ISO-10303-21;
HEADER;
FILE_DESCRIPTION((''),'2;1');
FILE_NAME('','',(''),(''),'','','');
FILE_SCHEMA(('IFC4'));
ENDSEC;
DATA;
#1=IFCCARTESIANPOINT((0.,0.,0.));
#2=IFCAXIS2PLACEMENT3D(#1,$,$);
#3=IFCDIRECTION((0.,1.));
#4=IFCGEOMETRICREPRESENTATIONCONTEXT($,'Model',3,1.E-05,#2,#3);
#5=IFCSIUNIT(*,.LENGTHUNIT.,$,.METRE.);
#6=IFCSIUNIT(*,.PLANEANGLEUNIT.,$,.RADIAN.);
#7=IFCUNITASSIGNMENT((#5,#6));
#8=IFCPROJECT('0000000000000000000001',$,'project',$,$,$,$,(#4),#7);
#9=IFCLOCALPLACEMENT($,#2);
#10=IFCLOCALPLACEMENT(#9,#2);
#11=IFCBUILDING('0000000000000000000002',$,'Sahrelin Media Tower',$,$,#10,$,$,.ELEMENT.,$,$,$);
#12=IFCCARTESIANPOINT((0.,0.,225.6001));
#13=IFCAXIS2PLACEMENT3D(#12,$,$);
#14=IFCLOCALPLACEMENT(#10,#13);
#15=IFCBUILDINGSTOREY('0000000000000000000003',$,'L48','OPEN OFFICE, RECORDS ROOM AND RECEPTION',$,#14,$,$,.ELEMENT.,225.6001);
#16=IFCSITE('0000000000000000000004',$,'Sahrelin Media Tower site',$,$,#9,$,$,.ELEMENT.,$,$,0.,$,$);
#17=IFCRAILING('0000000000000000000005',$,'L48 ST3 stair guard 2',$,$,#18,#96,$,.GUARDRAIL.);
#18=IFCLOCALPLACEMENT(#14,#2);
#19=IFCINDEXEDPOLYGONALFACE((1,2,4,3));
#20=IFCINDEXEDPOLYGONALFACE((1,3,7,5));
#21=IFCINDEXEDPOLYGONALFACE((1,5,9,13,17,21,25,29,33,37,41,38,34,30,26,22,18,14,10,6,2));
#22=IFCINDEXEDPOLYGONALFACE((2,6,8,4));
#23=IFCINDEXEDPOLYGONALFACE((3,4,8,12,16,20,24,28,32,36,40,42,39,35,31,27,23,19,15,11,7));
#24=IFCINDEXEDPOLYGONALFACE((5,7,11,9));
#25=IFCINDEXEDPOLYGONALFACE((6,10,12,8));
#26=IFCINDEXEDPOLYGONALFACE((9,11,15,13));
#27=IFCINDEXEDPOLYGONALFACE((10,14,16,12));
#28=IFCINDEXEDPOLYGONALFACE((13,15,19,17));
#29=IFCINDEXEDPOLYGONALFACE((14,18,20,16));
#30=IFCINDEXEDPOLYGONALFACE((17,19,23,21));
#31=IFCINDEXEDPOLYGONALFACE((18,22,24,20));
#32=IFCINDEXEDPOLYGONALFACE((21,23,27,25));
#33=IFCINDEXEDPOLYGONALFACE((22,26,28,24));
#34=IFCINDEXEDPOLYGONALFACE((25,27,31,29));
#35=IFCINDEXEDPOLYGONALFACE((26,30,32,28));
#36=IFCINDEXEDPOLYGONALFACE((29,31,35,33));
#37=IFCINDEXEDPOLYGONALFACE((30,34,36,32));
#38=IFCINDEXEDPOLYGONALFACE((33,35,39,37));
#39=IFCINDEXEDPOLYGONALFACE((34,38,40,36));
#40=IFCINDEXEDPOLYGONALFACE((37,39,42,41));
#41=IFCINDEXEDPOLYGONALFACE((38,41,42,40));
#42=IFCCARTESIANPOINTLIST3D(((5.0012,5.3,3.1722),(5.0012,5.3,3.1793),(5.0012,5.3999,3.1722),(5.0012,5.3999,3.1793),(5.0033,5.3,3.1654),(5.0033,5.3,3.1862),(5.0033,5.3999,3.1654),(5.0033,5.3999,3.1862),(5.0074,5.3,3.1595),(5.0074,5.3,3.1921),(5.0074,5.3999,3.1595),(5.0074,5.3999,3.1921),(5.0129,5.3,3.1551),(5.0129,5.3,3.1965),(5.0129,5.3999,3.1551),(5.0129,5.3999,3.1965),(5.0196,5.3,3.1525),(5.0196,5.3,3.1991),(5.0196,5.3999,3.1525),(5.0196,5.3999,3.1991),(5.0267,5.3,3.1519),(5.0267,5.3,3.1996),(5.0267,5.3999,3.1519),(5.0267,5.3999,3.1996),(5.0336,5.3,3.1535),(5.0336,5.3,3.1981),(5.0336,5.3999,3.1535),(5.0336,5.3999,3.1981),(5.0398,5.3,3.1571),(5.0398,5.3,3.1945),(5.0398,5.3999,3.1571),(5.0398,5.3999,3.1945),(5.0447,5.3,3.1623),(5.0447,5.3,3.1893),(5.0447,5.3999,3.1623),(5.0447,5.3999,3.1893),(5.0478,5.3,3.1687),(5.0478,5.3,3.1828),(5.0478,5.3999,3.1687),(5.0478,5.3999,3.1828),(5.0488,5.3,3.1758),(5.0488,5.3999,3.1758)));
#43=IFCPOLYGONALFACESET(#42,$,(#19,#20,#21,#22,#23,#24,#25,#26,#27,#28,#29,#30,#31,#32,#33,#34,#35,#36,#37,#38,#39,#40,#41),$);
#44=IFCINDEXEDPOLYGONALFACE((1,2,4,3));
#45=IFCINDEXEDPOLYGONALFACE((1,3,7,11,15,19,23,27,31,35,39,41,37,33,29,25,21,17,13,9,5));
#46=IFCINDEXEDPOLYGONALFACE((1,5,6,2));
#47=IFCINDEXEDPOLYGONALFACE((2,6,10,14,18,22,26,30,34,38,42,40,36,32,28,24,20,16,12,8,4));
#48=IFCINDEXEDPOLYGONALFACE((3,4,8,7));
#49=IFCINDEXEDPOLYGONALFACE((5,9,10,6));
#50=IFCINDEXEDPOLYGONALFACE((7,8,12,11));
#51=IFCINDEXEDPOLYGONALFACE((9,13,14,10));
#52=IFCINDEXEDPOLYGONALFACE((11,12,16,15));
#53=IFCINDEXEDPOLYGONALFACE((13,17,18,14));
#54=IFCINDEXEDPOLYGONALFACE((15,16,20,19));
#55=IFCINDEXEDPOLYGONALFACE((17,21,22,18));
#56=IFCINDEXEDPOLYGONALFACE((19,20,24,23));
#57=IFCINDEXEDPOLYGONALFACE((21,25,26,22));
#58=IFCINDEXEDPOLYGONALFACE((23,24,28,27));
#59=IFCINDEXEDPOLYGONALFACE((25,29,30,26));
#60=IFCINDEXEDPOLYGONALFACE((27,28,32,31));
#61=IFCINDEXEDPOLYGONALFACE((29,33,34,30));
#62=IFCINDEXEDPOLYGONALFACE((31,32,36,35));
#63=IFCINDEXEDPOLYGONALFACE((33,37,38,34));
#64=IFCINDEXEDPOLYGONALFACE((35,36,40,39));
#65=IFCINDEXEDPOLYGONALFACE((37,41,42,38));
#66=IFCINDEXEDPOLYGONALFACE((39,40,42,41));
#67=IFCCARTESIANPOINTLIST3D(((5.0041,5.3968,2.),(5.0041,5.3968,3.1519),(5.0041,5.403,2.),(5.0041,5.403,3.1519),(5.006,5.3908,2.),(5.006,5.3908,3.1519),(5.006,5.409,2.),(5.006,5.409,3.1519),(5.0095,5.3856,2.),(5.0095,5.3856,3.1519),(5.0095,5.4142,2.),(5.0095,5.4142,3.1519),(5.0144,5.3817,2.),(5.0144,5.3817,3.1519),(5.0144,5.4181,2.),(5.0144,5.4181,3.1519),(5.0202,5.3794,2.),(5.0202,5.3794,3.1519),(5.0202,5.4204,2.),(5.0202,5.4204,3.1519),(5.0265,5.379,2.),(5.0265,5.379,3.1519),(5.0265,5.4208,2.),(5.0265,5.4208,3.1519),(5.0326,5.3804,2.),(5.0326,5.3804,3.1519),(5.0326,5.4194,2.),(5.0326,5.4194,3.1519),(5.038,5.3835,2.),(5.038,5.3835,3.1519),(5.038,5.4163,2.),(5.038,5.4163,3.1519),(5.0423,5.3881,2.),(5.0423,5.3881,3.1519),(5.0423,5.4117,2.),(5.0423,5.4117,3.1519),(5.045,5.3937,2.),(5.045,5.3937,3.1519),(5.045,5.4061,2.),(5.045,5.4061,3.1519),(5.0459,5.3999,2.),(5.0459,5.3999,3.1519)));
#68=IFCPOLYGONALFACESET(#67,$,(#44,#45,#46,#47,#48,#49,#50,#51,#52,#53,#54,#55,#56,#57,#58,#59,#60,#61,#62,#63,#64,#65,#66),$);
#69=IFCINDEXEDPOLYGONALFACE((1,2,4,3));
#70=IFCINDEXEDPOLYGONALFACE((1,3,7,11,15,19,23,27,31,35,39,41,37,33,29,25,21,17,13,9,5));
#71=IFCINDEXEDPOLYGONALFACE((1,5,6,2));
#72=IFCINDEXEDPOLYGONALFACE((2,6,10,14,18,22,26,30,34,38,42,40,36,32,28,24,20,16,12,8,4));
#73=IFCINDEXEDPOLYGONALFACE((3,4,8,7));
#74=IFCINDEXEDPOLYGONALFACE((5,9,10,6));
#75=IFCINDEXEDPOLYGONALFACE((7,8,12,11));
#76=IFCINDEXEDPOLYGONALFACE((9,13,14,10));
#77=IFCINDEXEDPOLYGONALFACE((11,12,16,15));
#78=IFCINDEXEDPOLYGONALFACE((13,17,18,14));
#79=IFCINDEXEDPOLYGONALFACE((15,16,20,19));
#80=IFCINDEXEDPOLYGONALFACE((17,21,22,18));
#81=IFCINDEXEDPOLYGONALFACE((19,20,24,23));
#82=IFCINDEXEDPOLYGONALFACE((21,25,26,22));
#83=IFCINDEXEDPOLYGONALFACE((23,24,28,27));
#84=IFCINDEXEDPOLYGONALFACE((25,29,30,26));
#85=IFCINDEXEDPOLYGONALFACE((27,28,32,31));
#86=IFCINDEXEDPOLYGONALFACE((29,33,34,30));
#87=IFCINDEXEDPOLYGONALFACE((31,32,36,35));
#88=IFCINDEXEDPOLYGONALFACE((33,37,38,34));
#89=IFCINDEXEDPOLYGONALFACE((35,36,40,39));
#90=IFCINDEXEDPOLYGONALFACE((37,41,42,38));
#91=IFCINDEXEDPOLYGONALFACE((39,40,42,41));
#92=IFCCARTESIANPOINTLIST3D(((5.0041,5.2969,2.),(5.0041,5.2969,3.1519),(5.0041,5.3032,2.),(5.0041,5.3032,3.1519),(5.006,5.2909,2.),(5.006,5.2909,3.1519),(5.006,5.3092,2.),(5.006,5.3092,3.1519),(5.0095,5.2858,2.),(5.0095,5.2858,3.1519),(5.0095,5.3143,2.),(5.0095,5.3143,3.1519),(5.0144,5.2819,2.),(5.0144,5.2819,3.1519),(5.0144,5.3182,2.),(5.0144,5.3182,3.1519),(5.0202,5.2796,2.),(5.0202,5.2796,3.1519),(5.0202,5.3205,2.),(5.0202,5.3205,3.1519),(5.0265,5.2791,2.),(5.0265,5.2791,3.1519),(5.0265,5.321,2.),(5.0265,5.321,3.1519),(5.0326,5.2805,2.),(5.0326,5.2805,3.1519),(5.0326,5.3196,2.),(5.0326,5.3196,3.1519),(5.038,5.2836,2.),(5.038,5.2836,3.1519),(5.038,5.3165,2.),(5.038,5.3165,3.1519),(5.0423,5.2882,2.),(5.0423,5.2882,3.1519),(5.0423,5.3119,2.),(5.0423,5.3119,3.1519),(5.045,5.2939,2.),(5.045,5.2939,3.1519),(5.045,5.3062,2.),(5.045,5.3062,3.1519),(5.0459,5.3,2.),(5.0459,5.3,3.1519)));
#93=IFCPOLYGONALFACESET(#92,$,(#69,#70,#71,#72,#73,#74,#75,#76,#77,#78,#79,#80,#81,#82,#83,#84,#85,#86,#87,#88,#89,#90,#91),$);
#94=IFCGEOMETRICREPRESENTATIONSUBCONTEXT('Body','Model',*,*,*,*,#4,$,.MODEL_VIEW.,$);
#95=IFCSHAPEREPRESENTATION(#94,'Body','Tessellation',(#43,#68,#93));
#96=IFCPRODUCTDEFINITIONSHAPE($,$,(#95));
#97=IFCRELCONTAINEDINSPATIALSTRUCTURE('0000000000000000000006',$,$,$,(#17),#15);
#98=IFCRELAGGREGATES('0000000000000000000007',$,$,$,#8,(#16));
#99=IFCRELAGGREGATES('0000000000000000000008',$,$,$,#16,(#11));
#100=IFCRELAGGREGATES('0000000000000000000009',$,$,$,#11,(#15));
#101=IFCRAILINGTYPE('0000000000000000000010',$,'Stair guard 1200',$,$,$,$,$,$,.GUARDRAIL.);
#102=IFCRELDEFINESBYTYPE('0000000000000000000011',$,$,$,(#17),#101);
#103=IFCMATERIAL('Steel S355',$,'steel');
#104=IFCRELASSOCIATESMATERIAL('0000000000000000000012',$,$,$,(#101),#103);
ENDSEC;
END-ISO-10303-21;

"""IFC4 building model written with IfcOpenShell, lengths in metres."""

from ifc_helpers import new_model, si_unit, direction, frame, origin, origin_2d, place, context, subcontext, project, spatial, circle, extrude, material, type_object, element, save


model = new_model("IFC4")

# Units and contexts
model_context = context("Model", 3, precision=1e-05, world=origin(), true_north=direction((0.0, 1.0)))
body_context = subcontext(model_context, "Body", "Model", "MODEL_VIEW")
ifc_project = project(units=[si_unit("LENGTHUNIT", "METRE"), si_unit("PLANEANGLEUNIT", "RADIAN")], contexts=[model_context])

# Site, building, storey
site_placement = place(None, origin())
site = spatial("IfcSite", under=ifc_project, at=site_placement, Name="Sahrelin Media Tower site", CompositionType="ELEMENT", RefElevation=0.0)
building_placement = place(site_placement, origin())
building = spatial("IfcBuilding", under=site, at=building_placement, Name="Sahrelin Media Tower", CompositionType="ELEMENT")
storey_placement = place(building_placement, frame((0.0, 0.0, 225.6001)))
storey = spatial("IfcBuildingStorey", under=building, at=storey_placement, Name="L48", Description="OPEN OFFICE, RECORDS ROOM AND RECEPTION", CompositionType="ELEMENT", Elevation=225.6001)

# Shared definitions
ifc_material_1 = material(Name="Steel S355", Category="steel")

# Railing
railing_type_1 = type_object("IfcRailingType", Name="Stair guard 1200", PredefinedType="GUARDRAIL", material=ifc_material_1)
railing_1_placement = place(storey_placement, frame((5.0249, 5.3999, 2.0)))
element("IfcRailing", 1, at=railing_1_placement, inside=storey, type_object=railing_type_1, Name="L48 ST3 stair guard 2", PredefinedType="GUARDRAIL", context=body_context, shape_type="SweptSolid", body=[
    extrude(circle(Radius=0.0239, at=origin_2d()), frame((0.0, 0.0, 1.1758), z_axis=(0.0, -1.0, 0.0), x_axis=(1.0, 0.0, 0.0)), (0.0, 0.0, 1.0), 0.0999),
    extrude(circle(Radius=0.021, at=origin_2d()), origin(), (0.0, 0.0, 1.0), 1.1519),
    extrude(circle(Radius=0.021, at=origin_2d()), frame((0.0, -0.0999, 0.0)), (0.0, 0.0, 1.0), 1.1519),
])

save(model, "model.ifc")
